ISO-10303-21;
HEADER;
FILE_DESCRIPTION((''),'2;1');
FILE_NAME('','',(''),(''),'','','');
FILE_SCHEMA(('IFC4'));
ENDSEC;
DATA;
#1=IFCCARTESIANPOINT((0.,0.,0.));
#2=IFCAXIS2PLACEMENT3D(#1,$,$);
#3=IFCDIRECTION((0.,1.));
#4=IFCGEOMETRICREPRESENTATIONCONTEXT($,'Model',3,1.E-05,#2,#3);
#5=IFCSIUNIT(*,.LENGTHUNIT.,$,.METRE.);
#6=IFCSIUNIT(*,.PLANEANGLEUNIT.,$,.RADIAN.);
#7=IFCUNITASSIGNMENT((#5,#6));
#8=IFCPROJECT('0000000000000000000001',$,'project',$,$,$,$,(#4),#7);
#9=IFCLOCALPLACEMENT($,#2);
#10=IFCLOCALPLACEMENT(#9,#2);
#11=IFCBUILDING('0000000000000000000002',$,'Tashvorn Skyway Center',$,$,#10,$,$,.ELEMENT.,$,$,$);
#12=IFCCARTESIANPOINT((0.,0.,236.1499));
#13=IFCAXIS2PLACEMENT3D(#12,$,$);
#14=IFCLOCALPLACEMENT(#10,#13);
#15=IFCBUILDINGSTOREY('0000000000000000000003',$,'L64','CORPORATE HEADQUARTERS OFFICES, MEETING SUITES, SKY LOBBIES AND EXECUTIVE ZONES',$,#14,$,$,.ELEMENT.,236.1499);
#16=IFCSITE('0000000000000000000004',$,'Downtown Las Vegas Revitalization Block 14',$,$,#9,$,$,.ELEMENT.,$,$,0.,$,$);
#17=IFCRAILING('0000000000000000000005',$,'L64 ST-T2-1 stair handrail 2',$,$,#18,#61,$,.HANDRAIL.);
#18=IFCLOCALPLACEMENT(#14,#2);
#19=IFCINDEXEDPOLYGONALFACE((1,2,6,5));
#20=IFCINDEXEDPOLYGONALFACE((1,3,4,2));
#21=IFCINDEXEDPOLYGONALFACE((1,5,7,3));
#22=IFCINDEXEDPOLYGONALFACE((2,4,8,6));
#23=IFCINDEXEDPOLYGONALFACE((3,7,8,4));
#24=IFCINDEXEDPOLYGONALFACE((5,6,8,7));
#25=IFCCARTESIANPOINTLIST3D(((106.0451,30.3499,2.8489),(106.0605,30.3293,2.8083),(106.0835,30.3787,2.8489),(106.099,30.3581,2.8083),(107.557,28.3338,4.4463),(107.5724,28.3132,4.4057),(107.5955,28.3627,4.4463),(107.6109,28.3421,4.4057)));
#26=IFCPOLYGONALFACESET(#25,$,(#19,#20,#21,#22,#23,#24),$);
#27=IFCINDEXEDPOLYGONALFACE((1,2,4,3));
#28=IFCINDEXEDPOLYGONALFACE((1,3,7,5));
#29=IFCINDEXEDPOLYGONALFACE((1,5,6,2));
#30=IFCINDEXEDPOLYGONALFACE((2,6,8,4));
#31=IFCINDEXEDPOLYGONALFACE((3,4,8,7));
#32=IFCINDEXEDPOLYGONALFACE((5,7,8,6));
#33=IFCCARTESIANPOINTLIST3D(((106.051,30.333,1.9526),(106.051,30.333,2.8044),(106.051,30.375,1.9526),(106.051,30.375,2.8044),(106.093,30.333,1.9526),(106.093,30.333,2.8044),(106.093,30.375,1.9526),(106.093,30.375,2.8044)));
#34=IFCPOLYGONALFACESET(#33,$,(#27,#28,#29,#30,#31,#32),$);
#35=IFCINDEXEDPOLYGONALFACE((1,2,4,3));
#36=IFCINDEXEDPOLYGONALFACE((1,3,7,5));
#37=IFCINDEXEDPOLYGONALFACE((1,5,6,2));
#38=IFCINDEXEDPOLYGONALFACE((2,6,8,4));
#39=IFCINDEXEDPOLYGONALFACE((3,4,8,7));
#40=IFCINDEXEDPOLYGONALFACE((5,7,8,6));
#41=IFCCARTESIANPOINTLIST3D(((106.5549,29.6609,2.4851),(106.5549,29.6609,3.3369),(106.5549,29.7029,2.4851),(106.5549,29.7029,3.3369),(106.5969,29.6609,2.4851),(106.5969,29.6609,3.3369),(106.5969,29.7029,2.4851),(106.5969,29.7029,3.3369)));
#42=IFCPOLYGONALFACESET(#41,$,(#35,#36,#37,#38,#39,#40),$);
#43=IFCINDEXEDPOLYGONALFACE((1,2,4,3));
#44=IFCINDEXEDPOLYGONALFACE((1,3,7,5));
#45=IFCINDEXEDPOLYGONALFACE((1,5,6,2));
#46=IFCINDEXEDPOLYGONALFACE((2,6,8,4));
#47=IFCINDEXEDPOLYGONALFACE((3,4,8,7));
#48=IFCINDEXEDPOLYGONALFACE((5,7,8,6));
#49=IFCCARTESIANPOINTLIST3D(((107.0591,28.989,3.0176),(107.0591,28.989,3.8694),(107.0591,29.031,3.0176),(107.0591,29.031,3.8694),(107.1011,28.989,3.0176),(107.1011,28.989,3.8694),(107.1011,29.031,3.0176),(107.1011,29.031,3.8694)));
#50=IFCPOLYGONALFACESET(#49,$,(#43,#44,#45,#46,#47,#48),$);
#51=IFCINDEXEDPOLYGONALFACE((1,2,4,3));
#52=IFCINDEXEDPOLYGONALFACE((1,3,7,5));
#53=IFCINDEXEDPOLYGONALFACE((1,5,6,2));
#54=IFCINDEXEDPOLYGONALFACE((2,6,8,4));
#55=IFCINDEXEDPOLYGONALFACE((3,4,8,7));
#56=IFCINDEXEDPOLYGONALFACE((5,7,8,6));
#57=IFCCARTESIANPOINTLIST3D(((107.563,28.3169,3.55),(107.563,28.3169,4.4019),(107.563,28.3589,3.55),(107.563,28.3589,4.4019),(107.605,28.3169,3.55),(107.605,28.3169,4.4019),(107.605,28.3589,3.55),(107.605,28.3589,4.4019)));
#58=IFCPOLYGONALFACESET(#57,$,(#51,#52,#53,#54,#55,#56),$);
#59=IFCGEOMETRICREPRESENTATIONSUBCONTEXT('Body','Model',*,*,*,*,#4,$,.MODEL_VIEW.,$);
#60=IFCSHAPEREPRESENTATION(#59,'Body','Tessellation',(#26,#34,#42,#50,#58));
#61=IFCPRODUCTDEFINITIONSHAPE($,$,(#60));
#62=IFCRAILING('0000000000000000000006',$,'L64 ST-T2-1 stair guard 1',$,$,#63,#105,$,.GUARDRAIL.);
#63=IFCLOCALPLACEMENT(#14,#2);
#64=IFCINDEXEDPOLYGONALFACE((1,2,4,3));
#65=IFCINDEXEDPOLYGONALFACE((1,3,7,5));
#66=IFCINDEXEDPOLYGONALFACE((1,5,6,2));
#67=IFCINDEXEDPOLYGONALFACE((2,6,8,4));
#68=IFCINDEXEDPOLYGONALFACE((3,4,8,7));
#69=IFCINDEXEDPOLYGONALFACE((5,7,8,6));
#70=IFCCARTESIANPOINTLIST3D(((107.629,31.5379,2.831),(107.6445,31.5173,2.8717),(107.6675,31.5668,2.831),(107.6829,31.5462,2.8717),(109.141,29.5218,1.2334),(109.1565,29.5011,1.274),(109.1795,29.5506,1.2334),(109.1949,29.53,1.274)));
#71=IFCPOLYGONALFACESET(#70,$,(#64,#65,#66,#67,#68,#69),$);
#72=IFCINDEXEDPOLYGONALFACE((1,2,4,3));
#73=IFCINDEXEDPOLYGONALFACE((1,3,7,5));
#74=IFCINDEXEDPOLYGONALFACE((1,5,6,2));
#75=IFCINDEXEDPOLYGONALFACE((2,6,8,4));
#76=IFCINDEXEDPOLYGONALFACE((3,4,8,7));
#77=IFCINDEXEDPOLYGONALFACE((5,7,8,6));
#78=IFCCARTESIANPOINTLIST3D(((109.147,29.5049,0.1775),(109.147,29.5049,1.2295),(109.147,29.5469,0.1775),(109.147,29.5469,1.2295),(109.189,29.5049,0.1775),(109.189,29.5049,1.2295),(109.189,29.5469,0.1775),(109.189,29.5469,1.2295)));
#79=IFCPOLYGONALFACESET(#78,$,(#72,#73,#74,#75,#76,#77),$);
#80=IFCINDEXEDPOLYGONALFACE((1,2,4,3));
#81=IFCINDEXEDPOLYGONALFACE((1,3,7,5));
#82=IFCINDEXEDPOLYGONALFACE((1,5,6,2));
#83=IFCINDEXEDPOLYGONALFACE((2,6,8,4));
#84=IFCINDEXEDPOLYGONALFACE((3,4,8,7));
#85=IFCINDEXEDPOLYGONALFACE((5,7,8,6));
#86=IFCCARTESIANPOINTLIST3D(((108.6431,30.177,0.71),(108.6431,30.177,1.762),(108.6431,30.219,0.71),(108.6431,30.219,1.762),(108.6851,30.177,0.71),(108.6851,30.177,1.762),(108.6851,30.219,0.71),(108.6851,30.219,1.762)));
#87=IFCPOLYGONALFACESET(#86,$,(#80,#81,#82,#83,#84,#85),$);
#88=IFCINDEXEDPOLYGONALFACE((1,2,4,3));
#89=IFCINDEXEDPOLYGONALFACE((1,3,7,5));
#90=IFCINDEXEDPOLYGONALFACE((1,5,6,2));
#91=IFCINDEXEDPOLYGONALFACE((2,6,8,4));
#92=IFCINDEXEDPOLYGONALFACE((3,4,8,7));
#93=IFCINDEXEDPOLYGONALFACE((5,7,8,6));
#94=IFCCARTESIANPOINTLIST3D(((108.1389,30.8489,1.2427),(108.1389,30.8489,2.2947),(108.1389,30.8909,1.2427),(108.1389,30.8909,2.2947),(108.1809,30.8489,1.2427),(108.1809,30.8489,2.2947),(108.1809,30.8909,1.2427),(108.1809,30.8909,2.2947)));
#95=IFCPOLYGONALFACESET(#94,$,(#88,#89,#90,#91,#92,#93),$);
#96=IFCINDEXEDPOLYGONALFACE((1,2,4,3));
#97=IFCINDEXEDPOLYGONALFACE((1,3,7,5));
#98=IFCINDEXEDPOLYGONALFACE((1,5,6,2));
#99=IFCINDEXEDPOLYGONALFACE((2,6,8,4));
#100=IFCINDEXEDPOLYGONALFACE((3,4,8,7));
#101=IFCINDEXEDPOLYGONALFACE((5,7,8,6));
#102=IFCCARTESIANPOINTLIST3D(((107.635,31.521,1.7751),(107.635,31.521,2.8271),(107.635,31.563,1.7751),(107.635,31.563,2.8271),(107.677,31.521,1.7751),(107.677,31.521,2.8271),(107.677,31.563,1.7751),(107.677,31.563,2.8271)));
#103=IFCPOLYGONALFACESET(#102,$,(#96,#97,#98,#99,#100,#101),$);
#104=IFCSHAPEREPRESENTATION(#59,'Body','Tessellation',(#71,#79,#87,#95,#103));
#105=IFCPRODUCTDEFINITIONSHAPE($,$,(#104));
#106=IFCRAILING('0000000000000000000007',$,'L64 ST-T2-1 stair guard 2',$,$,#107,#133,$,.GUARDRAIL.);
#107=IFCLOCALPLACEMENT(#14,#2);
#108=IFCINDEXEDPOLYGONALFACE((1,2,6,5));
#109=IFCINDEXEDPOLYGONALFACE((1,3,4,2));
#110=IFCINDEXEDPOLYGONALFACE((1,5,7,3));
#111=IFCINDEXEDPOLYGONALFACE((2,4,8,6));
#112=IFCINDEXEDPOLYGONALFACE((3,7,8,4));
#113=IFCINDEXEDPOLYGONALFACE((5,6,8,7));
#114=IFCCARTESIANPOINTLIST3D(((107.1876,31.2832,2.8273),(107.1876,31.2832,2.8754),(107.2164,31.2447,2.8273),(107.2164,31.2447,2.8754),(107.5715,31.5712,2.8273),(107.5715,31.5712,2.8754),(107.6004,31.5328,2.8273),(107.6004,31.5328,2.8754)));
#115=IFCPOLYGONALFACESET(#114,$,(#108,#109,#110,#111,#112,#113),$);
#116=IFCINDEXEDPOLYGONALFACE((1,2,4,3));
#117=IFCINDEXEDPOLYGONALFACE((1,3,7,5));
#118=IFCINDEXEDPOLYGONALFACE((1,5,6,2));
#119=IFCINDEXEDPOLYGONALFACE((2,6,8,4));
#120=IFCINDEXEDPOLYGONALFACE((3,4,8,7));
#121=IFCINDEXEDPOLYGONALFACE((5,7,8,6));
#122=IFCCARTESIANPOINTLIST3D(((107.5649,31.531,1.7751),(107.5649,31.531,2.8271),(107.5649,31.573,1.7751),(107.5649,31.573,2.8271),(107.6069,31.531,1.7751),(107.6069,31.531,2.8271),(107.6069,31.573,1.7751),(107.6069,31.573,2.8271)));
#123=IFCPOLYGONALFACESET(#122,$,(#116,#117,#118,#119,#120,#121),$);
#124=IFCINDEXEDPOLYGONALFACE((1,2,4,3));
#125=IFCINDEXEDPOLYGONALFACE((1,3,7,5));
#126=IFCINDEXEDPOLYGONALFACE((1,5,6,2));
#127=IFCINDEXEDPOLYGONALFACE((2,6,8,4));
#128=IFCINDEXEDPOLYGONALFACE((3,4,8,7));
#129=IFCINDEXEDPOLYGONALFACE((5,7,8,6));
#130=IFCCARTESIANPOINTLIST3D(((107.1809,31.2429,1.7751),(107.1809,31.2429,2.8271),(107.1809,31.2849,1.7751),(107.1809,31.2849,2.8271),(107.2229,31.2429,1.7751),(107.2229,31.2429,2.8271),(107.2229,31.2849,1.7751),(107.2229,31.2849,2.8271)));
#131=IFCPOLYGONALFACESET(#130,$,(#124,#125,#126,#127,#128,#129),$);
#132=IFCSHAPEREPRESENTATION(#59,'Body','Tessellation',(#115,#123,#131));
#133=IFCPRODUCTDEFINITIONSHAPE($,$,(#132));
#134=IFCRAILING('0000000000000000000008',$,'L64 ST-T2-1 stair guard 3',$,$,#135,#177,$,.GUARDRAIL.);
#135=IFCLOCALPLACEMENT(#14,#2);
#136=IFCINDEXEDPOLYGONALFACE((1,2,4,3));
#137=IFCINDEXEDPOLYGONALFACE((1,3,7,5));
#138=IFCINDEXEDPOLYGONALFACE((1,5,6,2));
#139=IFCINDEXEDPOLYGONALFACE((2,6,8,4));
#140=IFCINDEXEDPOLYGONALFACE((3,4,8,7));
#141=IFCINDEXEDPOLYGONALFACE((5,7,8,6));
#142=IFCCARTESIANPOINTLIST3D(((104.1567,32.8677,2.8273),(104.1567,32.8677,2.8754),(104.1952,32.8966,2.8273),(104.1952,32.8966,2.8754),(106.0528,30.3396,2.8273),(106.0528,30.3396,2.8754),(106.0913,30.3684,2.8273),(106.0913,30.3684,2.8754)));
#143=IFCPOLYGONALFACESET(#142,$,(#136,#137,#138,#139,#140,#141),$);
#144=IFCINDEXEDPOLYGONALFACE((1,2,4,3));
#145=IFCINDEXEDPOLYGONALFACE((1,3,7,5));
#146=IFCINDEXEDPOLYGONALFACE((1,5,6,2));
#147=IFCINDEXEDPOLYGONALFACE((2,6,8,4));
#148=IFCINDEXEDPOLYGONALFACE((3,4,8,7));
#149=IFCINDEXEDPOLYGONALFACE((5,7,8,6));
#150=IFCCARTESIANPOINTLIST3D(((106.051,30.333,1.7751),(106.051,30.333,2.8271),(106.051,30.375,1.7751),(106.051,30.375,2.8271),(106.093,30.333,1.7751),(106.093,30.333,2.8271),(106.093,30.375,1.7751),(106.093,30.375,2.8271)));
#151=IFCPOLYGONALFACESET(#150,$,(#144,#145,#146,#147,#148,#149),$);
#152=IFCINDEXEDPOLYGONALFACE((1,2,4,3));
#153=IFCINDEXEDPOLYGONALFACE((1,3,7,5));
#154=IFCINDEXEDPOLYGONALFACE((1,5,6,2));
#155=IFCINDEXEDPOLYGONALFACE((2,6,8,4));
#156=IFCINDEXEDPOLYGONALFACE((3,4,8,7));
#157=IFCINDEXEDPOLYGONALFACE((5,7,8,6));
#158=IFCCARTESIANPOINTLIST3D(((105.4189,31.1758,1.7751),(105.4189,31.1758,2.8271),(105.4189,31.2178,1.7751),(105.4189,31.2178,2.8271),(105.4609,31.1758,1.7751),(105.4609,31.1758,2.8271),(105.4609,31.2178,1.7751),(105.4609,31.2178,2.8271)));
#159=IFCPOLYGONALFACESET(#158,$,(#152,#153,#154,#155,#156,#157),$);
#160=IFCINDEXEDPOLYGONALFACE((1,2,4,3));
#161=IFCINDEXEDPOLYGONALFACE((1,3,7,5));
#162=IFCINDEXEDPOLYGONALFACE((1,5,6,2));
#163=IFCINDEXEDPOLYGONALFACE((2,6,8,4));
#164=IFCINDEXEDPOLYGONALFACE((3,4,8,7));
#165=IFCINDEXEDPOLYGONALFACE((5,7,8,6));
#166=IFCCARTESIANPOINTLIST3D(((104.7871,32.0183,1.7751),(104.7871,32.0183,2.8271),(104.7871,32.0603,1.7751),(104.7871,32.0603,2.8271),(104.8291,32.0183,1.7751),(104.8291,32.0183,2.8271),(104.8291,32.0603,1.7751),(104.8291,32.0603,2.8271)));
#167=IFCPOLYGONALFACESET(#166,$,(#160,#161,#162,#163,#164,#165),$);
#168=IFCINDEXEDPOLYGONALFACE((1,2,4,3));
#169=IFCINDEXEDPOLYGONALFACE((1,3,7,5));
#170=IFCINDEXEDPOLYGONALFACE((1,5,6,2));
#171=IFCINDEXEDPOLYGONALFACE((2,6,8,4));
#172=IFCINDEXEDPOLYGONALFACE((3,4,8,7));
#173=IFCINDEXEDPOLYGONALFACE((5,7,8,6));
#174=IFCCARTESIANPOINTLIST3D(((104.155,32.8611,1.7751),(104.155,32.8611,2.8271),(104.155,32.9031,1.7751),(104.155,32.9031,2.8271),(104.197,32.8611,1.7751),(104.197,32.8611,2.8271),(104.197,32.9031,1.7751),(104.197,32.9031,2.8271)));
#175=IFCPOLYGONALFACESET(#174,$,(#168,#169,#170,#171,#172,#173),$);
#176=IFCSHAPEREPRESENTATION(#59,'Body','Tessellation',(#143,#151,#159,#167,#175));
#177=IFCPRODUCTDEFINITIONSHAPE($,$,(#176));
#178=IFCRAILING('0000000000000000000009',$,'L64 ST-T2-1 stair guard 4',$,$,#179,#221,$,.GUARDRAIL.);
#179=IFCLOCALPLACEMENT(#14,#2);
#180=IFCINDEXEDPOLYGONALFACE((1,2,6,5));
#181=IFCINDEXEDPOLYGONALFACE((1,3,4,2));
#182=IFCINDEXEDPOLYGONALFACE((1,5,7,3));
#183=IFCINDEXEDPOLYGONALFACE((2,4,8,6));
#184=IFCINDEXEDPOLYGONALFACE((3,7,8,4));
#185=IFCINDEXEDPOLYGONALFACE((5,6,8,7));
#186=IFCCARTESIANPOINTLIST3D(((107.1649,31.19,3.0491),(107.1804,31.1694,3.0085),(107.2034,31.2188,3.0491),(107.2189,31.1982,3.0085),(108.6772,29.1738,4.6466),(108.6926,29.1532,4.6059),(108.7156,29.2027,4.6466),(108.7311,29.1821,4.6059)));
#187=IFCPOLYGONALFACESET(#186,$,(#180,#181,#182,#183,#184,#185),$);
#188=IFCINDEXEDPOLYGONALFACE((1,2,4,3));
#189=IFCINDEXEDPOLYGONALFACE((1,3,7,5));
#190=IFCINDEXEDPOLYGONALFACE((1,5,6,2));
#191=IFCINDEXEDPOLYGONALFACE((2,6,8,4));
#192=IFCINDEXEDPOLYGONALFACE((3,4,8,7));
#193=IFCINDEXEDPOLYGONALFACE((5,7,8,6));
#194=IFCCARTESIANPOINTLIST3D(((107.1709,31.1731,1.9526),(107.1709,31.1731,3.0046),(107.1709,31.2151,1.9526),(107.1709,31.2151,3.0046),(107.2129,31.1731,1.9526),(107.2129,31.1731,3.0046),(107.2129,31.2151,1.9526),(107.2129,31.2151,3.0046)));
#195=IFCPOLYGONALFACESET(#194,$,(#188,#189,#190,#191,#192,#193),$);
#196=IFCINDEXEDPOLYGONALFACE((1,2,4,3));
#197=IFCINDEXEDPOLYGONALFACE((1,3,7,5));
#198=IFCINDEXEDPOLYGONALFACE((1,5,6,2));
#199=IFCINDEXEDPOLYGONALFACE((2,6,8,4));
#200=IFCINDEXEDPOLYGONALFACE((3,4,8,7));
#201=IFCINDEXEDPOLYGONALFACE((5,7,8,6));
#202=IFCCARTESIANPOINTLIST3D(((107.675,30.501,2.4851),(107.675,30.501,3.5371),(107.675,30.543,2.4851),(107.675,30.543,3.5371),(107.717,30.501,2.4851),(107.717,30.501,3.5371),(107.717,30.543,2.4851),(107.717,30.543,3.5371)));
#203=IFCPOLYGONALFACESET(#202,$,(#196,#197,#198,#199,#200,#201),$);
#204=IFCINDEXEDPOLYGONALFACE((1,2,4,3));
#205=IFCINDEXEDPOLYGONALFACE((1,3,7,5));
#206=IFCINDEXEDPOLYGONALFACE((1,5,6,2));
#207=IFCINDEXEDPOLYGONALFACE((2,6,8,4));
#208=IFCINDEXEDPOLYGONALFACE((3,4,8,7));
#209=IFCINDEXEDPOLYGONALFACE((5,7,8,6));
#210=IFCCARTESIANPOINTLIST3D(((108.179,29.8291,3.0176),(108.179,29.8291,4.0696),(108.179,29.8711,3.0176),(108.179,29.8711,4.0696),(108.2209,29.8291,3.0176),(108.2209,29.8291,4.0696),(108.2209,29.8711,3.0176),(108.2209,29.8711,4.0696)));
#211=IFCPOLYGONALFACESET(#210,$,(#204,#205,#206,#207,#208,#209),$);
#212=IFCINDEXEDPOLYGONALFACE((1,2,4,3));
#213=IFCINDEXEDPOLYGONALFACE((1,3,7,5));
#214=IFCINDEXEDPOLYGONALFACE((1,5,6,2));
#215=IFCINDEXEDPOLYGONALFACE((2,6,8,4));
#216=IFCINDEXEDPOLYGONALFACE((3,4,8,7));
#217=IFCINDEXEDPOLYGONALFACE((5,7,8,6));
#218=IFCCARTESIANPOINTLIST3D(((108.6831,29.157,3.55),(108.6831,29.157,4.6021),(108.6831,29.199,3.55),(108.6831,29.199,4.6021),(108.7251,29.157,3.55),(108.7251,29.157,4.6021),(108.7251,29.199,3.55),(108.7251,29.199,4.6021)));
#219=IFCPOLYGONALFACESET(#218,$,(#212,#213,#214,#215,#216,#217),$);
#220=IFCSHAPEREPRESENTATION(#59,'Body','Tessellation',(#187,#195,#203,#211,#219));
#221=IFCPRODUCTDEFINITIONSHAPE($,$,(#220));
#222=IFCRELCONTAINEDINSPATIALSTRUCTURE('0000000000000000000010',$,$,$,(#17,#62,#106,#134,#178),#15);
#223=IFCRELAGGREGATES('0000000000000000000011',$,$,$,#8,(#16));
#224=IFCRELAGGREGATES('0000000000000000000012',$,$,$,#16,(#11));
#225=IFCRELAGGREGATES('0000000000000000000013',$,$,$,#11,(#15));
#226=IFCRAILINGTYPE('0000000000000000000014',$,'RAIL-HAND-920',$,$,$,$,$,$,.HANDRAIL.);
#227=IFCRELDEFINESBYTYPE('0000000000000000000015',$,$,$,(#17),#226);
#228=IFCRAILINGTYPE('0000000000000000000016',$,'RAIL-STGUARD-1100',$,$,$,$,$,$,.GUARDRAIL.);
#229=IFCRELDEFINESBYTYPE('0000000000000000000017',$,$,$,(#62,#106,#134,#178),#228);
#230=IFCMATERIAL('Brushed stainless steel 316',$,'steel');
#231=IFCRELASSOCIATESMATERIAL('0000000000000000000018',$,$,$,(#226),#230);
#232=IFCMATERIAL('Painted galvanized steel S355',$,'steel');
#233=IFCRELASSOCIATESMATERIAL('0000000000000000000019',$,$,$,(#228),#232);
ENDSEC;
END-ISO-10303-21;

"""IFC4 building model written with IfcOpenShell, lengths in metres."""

from ifc_helpers import new_model, si_unit, direction, frame, origin, origin_2d, place, context, subcontext, project, spatial, rectangle, extrude, material, type_object, element, save


model = new_model("IFC4")

# Units and contexts
model_context = context("Model", 3, precision=1e-05, world=origin(), true_north=direction((0.0, 1.0)))
body_context = subcontext(model_context, "Body", "Model", "MODEL_VIEW")
ifc_project = project(units=[si_unit("LENGTHUNIT", "METRE"), si_unit("PLANEANGLEUNIT", "RADIAN")], contexts=[model_context])

# Site, building, storey
site_placement = place(None, origin())
site = spatial("IfcSite", under=ifc_project, at=site_placement, Name="Downtown Las Vegas Revitalization Block 14", CompositionType="ELEMENT", RefElevation=0.0)
building_placement = place(site_placement, origin())
building = spatial("IfcBuilding", under=site, at=building_placement, Name="Tashvorn Skyway Center", CompositionType="ELEMENT")
storey_placement = place(building_placement, frame((0.0, 0.0, 236.1499)))
storey = spatial("IfcBuildingStorey", under=building, at=storey_placement, Name="L64", Description="CORPORATE HEADQUARTERS OFFICES, MEETING SUITES, SKY LOBBIES AND EXECUTIVE ZONES", CompositionType="ELEMENT", Elevation=236.1499)

# Railings
ifc_material_1 = material(Name="Brushed stainless steel 316", Category="steel")
railing_type_1 = type_object("IfcRailingType", Name="RAIL-HAND-920", PredefinedType="HANDRAIL", material=ifc_material_1)
railing_1_placement = place(storey_placement, frame((106.072, 30.354, 1.9526)))
element("IfcRailing", 1, at=railing_1_placement, inside=storey, type_object=railing_type_1, Name="L64 ST-T2-1 stair handrail 2", PredefinedType="HANDRAIL", context=body_context, shape_type="SweptSolid", body=[
    extrude(rectangle(XDim=0.0481, YDim=0.0481, at=origin_2d()), frame((0.0, 0.0, 0.876), z_axis=(0.506741, -0.675709, 0.535379), x_axis=(0.800023, 0.599969, 0.0)), (0.0, 0.0, 1.0), 2.9836),
    extrude(rectangle(XDim=0.042, YDim=0.042, at=origin_2d()), origin(), (0.0, 0.0, 1.0), 0.8518),
    extrude(rectangle(XDim=0.042, YDim=0.042, at=origin_2d()), frame((0.5039, -0.6721, 0.5325)), (0.0, 0.0, 1.0), 0.8518),
    extrude(rectangle(XDim=0.042, YDim=0.042, at=origin_2d()), frame((1.0081, -1.344, 1.0649)), (0.0, 0.0, 1.0), 0.8518),
    extrude(rectangle(XDim=0.042, YDim=0.042, at=origin_2d()), frame((1.512, -2.0161, 1.5974)), (0.0, 0.0, 1.0), 0.8518),
])
ifc_material_2 = material(Name="Painted galvanized steel S355", Category="steel")
railing_type_2 = type_object("IfcRailingType", Name="RAIL-STGUARD-1100", PredefinedType="GUARDRAIL", material=ifc_material_2)
railing_2_placement = place(storey_placement, frame((109.168, 29.5259, 0.1775)))
element("IfcRailing", 2, at=railing_2_placement, inside=storey, type_object=railing_type_2, Name="L64 ST-T2-1 stair guard 1", PredefinedType="GUARDRAIL", context=body_context, shape_type="SweptSolid", body=[
    extrude(rectangle(XDim=0.0481, YDim=0.0481, at=origin_2d()), frame((0.0, 0.0, 1.0762), z_axis=(-0.506719, 0.675679, 0.535438), x_axis=(-0.800023, -0.599969, 0.0)), (0.0, 0.0, 1.0), 2.9839),
    extrude(rectangle(XDim=0.042, YDim=0.042, at=origin_2d()), origin(), (0.0, 0.0, 1.0), 1.052),
    extrude(rectangle(XDim=0.042, YDim=0.042, at=origin_2d()), frame((-0.5039, 0.6721, 0.5325)), (0.0, 0.0, 1.0), 1.052),
    extrude(rectangle(XDim=0.042, YDim=0.042, at=origin_2d()), frame((-1.0081, 1.344, 1.0652)), (0.0, 0.0, 1.0), 1.052),
    extrude(rectangle(XDim=0.042, YDim=0.042, at=origin_2d()), frame((-1.512, 2.0161, 1.5977)), (0.0, 0.0, 1.0), 1.052),
])
railing_3_placement = place(storey_placement, frame((107.5859, 31.552, 1.7751)))
element("IfcRailing", 3, at=railing_3_placement, inside=storey, type_object=railing_type_2, Name="L64 ST-T2-1 stair guard 2", PredefinedType="GUARDRAIL", context=body_context, shape_type="SweptSolid", body=[
    extrude(rectangle(XDim=0.0481, YDim=0.0481, at=origin_2d()), frame((0.0, 0.0, 1.0762), z_axis=(-0.799939, -0.600081, 0.0), x_axis=(0.600081, -0.799939, 0.0)), (0.0, 0.0, 1.0), 0.48),
    extrude(rectangle(XDim=0.042, YDim=0.042, at=origin_2d()), origin(), (0.0, 0.0, 1.0), 1.052),
    extrude(rectangle(XDim=0.042, YDim=0.042, at=origin_2d()), frame((-0.384, -0.2881, 0.0)), (0.0, 0.0, 1.0), 1.052),
])
railing_4_placement = place(storey_placement, frame((106.072, 30.354, 1.7751)))
element("IfcRailing", 4, at=railing_4_placement, inside=storey, type_object=railing_type_2, Name="L64 ST-T2-1 stair guard 3", PredefinedType="GUARDRAIL", context=body_context, shape_type="SweptSolid", body=[
    extrude(rectangle(XDim=0.0481, YDim=0.0481, at=origin_2d()), frame((0.0, 0.0, 1.0762), z_axis=(-0.599988, 0.800009, 0.0), x_axis=(-0.800009, -0.599988, 0.0)), (0.0, 0.0, 1.0), 3.1602),
    extrude(rectangle(XDim=0.042, YDim=0.042, at=origin_2d()), origin(), (0.0, 0.0, 1.0), 1.052),
    extrude(rectangle(XDim=0.042, YDim=0.042, at=origin_2d()), frame((-0.6321, 0.8428, 0.0)), (0.0, 0.0, 1.0), 1.052),
    extrude(rectangle(XDim=0.042, YDim=0.042, at=origin_2d()), frame((-1.2639, 1.6853, 0.0)), (0.0, 0.0, 1.0), 1.052),
    extrude(rectangle(XDim=0.042, YDim=0.042, at=origin_2d()), frame((-1.896, 2.5281, 0.0)), (0.0, 0.0, 1.0), 1.052),
])
railing_5_placement = place(storey_placement, frame((107.1919, 31.1941, 1.9526)))
element("IfcRailing", 5, at=railing_5_placement, inside=storey, type_object=railing_type_2, Name="L64 ST-T2-1 stair guard 4", PredefinedType="GUARDRAIL", context=body_context, shape_type="SweptSolid", body=[
    extrude(rectangle(XDim=0.0481, YDim=0.0481, at=origin_2d()), frame((0.0, 0.0, 1.0762), z_axis=(0.506802, -0.675681, 0.535357), x_axis=(0.799977, 0.600031, 0.0)), (0.0, 0.0, 1.0), 2.9839),
    extrude(rectangle(XDim=0.042, YDim=0.042, at=origin_2d()), origin(), (0.0, 0.0, 1.0), 1.052),
    extrude(rectangle(XDim=0.042, YDim=0.042, at=origin_2d()), frame((0.5042, -0.6721, 0.5325)), (0.0, 0.0, 1.0), 1.052),
    extrude(rectangle(XDim=0.042, YDim=0.042, at=origin_2d()), frame((1.0081, -1.344, 1.0649)), (0.0, 0.0, 1.0), 1.052),
    extrude(rectangle(XDim=0.042, YDim=0.042, at=origin_2d()), frame((1.5122, -2.0161, 1.5974)), (0.0, 0.0, 1.0), 1.052),
])

save(model, "model.ifc")
